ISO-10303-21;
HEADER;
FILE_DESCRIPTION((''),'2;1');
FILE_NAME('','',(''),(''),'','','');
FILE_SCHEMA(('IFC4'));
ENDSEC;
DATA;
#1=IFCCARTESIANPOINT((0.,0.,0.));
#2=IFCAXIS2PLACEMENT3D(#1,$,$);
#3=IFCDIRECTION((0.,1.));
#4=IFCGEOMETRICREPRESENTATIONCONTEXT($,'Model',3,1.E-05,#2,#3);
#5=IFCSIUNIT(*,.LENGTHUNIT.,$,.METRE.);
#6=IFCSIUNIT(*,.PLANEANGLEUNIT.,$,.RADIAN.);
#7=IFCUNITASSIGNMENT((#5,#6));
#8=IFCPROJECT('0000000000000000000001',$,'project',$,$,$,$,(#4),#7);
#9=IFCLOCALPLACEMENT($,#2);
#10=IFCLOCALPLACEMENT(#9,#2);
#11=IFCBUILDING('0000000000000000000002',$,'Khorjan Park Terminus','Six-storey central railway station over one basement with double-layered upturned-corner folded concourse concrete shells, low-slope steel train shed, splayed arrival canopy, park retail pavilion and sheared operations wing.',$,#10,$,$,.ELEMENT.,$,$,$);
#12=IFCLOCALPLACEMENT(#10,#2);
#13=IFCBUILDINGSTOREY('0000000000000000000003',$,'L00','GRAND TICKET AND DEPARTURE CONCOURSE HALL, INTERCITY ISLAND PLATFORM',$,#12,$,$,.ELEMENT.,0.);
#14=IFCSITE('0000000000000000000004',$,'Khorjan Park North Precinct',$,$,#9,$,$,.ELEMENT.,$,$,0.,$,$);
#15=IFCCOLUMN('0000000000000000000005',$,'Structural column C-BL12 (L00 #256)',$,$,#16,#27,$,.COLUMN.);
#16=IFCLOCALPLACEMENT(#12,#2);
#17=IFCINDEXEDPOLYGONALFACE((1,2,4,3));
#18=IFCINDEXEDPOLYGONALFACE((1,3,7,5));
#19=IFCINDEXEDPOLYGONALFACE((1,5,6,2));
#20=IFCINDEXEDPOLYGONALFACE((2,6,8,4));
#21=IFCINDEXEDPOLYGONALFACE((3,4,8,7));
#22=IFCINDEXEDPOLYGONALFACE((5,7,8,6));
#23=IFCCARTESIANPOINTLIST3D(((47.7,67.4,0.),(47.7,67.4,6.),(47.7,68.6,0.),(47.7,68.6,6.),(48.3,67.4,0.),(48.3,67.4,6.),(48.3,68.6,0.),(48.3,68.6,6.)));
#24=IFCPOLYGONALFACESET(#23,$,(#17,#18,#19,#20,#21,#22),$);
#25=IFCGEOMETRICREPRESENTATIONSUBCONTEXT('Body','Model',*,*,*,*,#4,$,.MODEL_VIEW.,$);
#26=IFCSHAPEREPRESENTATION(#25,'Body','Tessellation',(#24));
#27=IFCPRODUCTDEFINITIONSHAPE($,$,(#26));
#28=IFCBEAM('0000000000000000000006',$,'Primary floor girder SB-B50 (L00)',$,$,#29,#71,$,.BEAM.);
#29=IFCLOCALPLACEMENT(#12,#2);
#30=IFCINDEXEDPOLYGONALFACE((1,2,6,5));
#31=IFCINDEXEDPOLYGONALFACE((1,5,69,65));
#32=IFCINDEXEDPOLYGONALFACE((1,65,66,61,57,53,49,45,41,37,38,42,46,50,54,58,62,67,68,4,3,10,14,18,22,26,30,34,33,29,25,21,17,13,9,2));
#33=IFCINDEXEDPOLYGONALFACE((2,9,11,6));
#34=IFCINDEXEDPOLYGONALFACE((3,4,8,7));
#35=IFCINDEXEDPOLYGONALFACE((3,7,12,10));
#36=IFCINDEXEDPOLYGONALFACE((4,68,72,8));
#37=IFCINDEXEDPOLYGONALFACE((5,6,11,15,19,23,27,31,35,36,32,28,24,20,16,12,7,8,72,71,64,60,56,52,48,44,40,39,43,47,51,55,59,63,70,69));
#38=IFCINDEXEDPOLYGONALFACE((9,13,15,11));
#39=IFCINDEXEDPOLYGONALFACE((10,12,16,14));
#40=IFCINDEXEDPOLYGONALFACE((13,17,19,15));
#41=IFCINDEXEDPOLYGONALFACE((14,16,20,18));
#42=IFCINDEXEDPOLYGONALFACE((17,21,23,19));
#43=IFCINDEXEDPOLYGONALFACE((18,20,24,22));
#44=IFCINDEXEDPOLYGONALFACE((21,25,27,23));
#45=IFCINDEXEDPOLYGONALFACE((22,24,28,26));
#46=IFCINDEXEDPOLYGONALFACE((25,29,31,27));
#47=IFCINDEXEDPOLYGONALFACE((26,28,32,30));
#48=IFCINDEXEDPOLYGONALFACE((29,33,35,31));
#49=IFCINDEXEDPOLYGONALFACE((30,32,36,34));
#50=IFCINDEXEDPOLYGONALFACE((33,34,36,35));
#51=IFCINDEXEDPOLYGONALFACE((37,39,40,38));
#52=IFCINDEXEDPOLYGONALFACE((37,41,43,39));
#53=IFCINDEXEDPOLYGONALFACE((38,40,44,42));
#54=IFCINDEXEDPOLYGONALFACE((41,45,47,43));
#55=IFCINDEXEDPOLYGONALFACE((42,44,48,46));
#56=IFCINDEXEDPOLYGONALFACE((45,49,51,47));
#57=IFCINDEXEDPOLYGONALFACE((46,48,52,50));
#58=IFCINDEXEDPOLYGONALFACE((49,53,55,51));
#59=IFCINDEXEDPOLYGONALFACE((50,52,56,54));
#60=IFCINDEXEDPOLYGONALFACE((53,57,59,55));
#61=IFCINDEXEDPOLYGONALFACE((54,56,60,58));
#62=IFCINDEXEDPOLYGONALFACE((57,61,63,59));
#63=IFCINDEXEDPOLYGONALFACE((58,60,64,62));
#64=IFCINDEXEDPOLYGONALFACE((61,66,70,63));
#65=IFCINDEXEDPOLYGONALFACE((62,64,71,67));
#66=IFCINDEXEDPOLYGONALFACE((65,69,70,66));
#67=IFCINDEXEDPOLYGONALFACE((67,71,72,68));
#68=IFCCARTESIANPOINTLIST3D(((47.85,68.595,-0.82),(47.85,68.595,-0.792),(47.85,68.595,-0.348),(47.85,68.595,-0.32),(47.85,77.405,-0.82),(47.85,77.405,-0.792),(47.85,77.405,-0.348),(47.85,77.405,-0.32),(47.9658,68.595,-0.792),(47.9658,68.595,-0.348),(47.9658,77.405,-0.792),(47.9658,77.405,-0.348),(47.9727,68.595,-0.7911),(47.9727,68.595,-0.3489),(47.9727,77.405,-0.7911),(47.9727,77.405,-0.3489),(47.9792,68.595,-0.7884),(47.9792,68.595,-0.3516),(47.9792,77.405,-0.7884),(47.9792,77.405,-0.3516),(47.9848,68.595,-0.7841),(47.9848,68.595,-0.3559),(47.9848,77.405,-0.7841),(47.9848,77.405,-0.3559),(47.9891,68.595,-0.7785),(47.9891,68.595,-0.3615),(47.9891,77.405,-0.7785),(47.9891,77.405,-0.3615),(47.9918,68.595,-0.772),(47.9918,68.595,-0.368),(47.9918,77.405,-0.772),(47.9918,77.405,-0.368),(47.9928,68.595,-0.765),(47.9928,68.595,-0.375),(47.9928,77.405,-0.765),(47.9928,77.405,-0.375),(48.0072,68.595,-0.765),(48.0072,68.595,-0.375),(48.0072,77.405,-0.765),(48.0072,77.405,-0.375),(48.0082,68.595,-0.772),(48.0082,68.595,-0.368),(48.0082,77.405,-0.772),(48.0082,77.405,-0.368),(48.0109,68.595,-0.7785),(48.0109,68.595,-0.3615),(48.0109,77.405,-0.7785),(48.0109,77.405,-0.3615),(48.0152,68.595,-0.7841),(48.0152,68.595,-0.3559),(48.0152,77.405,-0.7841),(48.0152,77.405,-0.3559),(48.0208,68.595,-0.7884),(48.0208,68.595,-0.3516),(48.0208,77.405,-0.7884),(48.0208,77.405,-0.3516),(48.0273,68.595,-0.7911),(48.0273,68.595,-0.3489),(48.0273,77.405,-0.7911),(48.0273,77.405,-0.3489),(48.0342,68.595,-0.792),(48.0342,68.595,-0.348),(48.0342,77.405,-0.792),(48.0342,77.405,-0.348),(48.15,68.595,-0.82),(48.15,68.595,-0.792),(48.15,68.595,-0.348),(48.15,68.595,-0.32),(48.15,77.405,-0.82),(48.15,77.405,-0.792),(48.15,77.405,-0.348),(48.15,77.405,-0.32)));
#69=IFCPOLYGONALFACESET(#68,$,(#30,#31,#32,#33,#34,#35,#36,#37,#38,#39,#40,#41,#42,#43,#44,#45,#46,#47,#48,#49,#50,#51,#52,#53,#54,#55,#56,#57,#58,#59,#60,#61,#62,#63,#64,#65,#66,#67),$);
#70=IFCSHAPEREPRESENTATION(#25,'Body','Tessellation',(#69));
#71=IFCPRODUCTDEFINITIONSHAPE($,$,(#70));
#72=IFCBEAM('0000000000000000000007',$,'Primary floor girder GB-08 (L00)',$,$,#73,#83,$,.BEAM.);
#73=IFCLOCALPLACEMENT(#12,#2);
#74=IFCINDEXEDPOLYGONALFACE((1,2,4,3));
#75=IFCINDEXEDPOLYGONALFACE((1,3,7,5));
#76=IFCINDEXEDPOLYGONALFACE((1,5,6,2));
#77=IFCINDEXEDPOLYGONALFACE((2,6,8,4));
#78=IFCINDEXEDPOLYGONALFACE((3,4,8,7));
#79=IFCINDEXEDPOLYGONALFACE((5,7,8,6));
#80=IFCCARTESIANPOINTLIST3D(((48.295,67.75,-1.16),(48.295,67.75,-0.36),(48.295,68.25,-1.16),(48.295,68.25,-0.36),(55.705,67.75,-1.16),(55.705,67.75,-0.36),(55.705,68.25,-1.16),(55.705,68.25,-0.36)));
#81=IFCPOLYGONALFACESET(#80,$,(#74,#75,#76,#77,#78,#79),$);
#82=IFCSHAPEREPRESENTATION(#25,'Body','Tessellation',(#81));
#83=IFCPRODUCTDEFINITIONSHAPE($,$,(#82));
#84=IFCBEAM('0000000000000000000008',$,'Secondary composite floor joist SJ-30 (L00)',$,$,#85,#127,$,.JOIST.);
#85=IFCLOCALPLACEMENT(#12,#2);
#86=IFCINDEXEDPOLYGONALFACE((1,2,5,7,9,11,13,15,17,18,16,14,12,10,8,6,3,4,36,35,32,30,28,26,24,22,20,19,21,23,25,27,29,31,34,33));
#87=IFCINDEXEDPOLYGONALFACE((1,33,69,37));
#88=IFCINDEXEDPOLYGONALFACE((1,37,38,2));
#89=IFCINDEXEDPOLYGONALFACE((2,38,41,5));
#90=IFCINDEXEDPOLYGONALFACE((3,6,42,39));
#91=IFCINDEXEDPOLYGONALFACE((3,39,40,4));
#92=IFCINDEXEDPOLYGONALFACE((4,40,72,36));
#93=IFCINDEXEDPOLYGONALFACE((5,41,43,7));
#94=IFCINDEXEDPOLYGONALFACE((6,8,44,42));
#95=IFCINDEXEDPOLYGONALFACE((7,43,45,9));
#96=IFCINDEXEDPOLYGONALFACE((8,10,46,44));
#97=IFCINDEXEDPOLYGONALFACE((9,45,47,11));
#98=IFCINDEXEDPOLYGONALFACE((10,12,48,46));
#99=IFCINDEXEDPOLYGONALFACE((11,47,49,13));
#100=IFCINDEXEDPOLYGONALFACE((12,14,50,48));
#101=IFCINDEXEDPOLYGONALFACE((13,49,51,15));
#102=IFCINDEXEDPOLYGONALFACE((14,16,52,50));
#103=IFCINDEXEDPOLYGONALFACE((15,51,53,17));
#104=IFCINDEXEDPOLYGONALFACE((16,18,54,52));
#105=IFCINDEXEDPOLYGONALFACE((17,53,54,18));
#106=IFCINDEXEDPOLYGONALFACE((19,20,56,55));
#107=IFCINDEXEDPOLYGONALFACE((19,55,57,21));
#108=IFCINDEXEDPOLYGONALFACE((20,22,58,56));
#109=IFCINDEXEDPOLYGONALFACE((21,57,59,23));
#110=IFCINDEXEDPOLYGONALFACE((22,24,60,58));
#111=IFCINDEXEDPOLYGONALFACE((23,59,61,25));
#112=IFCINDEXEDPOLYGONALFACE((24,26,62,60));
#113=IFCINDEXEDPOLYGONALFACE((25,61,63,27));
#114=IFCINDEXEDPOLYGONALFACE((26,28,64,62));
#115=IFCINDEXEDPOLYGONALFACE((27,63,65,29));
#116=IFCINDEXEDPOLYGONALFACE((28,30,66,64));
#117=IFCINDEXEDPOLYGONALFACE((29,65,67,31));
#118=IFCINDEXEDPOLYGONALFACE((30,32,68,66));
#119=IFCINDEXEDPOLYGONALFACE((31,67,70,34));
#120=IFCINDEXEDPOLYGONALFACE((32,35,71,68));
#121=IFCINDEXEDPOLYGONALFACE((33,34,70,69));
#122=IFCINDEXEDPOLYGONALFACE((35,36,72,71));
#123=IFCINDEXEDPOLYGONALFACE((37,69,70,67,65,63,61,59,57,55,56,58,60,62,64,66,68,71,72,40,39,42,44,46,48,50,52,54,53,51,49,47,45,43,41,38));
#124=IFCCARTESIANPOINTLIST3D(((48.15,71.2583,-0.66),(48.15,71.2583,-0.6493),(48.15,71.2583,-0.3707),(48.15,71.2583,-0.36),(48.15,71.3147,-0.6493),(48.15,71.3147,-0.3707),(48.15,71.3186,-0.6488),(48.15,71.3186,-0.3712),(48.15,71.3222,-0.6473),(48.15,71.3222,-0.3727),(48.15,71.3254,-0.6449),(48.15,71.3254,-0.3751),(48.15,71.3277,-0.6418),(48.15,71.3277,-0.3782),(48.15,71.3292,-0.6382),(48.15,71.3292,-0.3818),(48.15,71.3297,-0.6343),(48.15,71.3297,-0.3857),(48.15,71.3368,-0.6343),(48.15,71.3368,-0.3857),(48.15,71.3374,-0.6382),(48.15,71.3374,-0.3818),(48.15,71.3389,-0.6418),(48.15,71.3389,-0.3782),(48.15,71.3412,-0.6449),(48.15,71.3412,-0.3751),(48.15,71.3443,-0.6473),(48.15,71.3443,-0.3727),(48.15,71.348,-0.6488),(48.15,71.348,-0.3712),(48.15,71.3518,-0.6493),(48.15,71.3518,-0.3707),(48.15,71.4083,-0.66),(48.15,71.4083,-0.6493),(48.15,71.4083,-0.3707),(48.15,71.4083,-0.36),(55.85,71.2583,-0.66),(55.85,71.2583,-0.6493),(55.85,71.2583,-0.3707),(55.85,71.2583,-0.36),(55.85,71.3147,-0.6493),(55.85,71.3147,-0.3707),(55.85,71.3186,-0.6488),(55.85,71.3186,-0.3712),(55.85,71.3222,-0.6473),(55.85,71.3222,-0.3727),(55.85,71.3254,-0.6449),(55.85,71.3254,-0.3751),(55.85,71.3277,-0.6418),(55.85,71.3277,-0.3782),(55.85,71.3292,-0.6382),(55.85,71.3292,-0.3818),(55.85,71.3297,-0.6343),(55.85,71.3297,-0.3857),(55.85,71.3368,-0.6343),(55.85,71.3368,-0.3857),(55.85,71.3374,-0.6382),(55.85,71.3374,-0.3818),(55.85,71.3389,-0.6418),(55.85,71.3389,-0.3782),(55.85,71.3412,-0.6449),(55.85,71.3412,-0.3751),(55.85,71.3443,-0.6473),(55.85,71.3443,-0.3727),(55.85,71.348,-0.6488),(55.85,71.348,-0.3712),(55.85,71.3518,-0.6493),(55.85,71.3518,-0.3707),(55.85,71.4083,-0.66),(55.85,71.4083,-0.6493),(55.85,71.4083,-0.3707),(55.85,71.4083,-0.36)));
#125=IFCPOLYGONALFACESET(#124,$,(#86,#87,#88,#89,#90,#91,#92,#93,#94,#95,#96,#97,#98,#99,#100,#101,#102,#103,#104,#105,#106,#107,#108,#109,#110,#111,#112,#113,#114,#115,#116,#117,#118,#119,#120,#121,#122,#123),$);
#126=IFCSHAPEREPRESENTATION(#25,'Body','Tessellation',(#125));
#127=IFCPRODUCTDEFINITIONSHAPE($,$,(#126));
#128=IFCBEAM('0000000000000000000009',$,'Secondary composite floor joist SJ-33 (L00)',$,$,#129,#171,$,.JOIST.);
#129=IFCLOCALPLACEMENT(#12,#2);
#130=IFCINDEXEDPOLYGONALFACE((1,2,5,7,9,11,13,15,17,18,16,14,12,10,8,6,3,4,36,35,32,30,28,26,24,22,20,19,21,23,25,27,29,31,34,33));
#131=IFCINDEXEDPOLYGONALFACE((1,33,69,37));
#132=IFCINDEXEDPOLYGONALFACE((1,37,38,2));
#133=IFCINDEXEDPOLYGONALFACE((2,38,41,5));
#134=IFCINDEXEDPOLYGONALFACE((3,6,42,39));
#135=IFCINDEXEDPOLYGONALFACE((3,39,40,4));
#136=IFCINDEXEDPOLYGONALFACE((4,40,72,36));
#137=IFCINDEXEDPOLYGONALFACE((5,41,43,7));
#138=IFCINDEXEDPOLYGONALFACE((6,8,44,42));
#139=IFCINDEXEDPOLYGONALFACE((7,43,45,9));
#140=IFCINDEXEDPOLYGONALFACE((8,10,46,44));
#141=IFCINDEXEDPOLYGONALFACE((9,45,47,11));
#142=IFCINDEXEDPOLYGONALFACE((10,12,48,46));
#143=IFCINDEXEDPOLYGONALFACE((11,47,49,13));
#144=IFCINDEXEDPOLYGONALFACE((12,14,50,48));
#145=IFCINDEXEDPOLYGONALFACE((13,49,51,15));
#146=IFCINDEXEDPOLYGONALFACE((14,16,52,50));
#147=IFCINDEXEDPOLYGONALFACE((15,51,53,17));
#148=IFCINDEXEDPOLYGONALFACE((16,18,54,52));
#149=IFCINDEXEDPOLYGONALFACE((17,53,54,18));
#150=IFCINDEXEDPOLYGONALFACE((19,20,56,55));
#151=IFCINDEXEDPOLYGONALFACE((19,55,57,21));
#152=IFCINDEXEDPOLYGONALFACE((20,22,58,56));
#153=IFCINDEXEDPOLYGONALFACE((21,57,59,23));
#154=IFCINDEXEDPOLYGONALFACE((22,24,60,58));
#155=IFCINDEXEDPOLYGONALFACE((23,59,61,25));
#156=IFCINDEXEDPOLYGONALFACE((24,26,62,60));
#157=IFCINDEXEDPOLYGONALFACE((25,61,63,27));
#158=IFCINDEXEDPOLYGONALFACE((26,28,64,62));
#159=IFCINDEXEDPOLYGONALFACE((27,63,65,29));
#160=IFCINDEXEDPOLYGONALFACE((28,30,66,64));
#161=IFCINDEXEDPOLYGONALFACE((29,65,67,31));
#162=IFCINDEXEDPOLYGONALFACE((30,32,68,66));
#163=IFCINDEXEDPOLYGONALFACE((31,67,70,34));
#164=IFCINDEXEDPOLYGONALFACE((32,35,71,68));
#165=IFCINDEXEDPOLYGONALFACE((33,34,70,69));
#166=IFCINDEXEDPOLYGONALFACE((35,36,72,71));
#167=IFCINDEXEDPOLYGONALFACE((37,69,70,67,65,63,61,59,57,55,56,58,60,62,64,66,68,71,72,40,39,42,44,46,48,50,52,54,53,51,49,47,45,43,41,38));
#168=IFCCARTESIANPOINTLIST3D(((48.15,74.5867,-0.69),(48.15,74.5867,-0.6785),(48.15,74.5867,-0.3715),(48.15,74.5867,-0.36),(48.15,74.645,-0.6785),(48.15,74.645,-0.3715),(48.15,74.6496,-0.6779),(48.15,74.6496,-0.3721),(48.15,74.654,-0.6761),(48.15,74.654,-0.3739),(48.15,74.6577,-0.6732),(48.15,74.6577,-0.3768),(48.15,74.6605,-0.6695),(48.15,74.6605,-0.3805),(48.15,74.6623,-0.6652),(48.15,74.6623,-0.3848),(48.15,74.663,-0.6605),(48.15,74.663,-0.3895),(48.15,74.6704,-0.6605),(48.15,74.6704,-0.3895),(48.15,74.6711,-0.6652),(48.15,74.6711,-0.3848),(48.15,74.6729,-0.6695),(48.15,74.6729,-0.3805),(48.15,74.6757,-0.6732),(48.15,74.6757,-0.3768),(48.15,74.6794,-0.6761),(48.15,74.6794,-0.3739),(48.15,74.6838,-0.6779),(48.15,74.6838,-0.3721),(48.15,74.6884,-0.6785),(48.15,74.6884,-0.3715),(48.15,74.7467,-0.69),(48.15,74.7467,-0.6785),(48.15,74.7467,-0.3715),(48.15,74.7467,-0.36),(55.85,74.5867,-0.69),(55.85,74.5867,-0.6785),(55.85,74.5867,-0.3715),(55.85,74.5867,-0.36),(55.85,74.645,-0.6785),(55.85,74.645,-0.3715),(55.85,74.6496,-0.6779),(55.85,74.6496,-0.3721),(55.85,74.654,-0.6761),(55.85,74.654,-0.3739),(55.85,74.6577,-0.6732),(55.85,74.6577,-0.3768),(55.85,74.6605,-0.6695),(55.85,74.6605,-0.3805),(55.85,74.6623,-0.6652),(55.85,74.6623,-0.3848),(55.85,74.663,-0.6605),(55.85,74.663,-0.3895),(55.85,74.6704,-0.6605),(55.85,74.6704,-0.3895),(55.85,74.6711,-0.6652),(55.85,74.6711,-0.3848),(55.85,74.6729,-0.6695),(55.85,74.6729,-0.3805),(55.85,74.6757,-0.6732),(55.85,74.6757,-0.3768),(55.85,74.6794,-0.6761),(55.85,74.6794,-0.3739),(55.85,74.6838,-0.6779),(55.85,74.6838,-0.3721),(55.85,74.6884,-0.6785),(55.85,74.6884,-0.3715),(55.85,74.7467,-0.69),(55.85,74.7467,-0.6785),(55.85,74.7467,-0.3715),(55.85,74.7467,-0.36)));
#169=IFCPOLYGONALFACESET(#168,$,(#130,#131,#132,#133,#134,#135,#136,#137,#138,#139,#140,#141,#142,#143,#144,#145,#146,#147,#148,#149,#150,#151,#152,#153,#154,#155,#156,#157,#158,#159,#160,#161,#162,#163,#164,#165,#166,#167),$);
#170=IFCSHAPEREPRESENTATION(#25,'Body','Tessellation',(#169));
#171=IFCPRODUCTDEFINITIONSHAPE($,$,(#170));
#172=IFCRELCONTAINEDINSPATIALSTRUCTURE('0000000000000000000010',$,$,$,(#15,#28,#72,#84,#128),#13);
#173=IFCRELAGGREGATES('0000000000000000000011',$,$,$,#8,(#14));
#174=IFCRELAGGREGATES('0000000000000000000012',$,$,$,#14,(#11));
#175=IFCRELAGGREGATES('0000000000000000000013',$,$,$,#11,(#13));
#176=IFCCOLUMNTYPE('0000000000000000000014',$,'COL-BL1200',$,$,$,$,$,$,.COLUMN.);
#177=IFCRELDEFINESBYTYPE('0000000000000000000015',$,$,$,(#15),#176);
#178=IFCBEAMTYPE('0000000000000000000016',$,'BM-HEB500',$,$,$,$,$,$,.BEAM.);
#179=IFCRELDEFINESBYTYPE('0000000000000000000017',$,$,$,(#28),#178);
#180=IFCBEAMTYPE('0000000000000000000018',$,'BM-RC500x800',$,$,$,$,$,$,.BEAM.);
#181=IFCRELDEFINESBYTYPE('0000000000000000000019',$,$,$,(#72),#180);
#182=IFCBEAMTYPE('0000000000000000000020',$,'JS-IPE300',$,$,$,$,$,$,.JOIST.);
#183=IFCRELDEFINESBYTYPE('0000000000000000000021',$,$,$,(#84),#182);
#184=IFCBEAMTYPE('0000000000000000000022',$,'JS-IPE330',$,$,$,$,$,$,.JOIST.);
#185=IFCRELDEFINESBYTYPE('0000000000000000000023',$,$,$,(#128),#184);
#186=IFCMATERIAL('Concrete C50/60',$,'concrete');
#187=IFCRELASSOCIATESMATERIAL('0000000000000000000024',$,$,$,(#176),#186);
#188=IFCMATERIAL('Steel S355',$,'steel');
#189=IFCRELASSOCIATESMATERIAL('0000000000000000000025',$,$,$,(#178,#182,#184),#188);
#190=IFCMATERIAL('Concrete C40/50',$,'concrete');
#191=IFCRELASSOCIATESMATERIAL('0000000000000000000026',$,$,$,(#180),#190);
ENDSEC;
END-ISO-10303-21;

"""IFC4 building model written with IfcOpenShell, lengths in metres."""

from ifc_helpers import new_model, si_unit, direction, frame, origin, origin_2d, place, context, subcontext, project, spatial, rectangle, i_section, extrude, material, material_profile, profile_set, type_object, element, save


model = new_model("IFC4")

# Units and contexts
model_context = context("Model", 3, precision=1e-05, world=origin(), true_north=direction((0.0, 1.0)))
body_context = subcontext(model_context, "Body", "Model", "MODEL_VIEW")
ifc_project = project(units=[si_unit("LENGTHUNIT", "METRE"), si_unit("PLANEANGLEUNIT", "RADIAN")], contexts=[model_context])

# Site, building, storey
site_placement = place(None, origin())
site = spatial("IfcSite", under=ifc_project, at=site_placement, Name="Khorjan Park North Precinct", CompositionType="ELEMENT", RefElevation=0.0)
building_placement = place(site_placement, origin())
building = spatial("IfcBuilding", under=site, at=building_placement, Name="Khorjan Park Terminus", Description="Six-storey central railway station over one basement with double-layered upturned-corner folded concourse concrete shells, low-slope steel train shed, splayed arrival canopy, park retail pavilion and sheared operations wing.", CompositionType="ELEMENT")
storey_placement = place(building_placement, origin())
storey = spatial("IfcBuildingStorey", under=building, at=storey_placement, Name="L00", Description="GRAND TICKET AND DEPARTURE CONCOURSE HALL, INTERCITY ISLAND PLATFORM", CompositionType="ELEMENT", Elevation=0.0)

# Column
ifc_material_1 = material(Name="Concrete C50/60", Category="concrete")
ifc_material_profile_1 = material_profile(ifc_material_1, rectangle(XDim=0.6, YDim=1.2, at=origin_2d()), Name="RC 600x1200")
ifc_profile_set_1 = profile_set([ifc_material_profile_1], Name="Concrete C50/60")
column_type = type_object("IfcColumnType", Name="COL-BL1200", PredefinedType="COLUMN", material=ifc_profile_set_1)
column_placement = place(storey_placement, frame((48.0, 68.0, 0.0), z_axis=(0.0, 0.0, 1.0), x_axis=(1.0, 0.0, 0.0)))
element("IfcColumn", 1, at=column_placement, inside=storey, type_object=column_type, Name="Structural column C-BL12 (L00 #256)", PredefinedType="COLUMN", context=body_context, shape_type="SweptSolid", body=[
    extrude(rectangle(XDim=0.6, YDim=1.2, at=origin_2d()), origin(), (0.0, 0.0, 1.0), 6.0),
])

# Beams
ifc_material_2 = material(Name="Steel S355", Category="steel")
ifc_material_profile_2 = material_profile(ifc_material_2, i_section(OverallWidth=0.3, OverallDepth=0.5, WebThickness=0.0145, FlangeThickness=0.028, FilletRadius=0.027, at=origin_2d()), Name="HEB 500")
ifc_profile_set_2 = profile_set([ifc_material_profile_2], Name="Steel S355")
beam_type_1 = type_object("IfcBeamType", Name="BM-HEB500", PredefinedType="BEAM", material=ifc_profile_set_2)
beam_1_placement = place(storey_placement, frame((48.0, 68.595, -0.57), z_axis=(0.0, 1.0, 0.0), x_axis=(-1.0, 0.0, 0.0)))
element("IfcBeam", 2, at=beam_1_placement, inside=storey, type_object=beam_type_1, Name="Primary floor girder SB-B50 (L00)", PredefinedType="BEAM", context=body_context, shape_type="SweptSolid", body=[
    extrude(i_section(OverallWidth=0.3, OverallDepth=0.5, WebThickness=0.0145, FlangeThickness=0.028, FilletRadius=0.027, at=origin_2d()), origin(), (0.0, 0.0, 1.0), 8.81),
])
ifc_material_3 = material(Name="Concrete C40/50", Category="concrete")
ifc_material_profile_3 = material_profile(ifc_material_3, rectangle(XDim=0.5, YDim=0.8, at=origin_2d()), Name="RC 500x800")
ifc_profile_set_3 = profile_set([ifc_material_profile_3], Name="Concrete C40/50")
beam_type_2 = type_object("IfcBeamType", Name="BM-RC500x800", PredefinedType="BEAM", material=ifc_profile_set_3)
beam_2_placement = place(storey_placement, frame((48.295, 68.0, -0.76), z_axis=(1.0, 0.0, 0.0), x_axis=(0.0, 1.0, 0.0)))
element("IfcBeam", 3, at=beam_2_placement, inside=storey, type_object=beam_type_2, Name="Primary floor girder GB-08 (L00)", PredefinedType="BEAM", context=body_context, shape_type="SweptSolid", body=[
    extrude(rectangle(XDim=0.5, YDim=0.8, at=origin_2d()), origin(), (0.0, 0.0, 1.0), 7.41),
])
ifc_material_profile_4 = material_profile(ifc_material_2, i_section(OverallWidth=0.15, OverallDepth=0.3, WebThickness=0.0071, FlangeThickness=0.0107, FilletRadius=0.015, at=origin_2d()), Name="IPE 300")
ifc_profile_set_4 = profile_set([ifc_material_profile_4], Name="Steel S355")
beam_type_3 = type_object("IfcBeamType", Name="JS-IPE300", PredefinedType="JOIST", material=ifc_profile_set_4)
beam_3_placement = place(storey_placement, frame((48.15, 71.3333, -0.51), z_axis=(1.0, 0.0, 0.0), x_axis=(0.0, 1.0, 0.0)))
element("IfcBeam", 4, at=beam_3_placement, inside=storey, type_object=beam_type_3, Name="Secondary composite floor joist SJ-30 (L00)", PredefinedType="JOIST", context=body_context, shape_type="SweptSolid", body=[
    extrude(i_section(OverallWidth=0.15, OverallDepth=0.3, WebThickness=0.0071, FlangeThickness=0.0107, FilletRadius=0.015, at=origin_2d()), origin(), (0.0, 0.0, 1.0), 7.7),
])
ifc_material_profile_5 = material_profile(ifc_material_2, i_section(OverallWidth=0.16, OverallDepth=0.33, WebThickness=0.0075, FlangeThickness=0.0115, FilletRadius=0.018, at=origin_2d()), Name="IPE 330")
ifc_profile_set_5 = profile_set([ifc_material_profile_5], Name="Steel S355")
beam_type_4 = type_object("IfcBeamType", Name="JS-IPE330", PredefinedType="JOIST", material=ifc_profile_set_5)
beam_4_placement = place(storey_placement, frame((48.15, 74.6667, -0.525), z_axis=(1.0, 0.0, 0.0), x_axis=(0.0, 1.0, 0.0)))
element("IfcBeam", 5, at=beam_4_placement, inside=storey, type_object=beam_type_4, Name="Secondary composite floor joist SJ-33 (L00)", PredefinedType="JOIST", context=body_context, shape_type="SweptSolid", body=[
    extrude(i_section(OverallWidth=0.16, OverallDepth=0.33, WebThickness=0.0075, FlangeThickness=0.0115, FilletRadius=0.018, at=origin_2d()), origin(), (0.0, 0.0, 1.0), 7.7),
])

save(model, "model.ifc")
